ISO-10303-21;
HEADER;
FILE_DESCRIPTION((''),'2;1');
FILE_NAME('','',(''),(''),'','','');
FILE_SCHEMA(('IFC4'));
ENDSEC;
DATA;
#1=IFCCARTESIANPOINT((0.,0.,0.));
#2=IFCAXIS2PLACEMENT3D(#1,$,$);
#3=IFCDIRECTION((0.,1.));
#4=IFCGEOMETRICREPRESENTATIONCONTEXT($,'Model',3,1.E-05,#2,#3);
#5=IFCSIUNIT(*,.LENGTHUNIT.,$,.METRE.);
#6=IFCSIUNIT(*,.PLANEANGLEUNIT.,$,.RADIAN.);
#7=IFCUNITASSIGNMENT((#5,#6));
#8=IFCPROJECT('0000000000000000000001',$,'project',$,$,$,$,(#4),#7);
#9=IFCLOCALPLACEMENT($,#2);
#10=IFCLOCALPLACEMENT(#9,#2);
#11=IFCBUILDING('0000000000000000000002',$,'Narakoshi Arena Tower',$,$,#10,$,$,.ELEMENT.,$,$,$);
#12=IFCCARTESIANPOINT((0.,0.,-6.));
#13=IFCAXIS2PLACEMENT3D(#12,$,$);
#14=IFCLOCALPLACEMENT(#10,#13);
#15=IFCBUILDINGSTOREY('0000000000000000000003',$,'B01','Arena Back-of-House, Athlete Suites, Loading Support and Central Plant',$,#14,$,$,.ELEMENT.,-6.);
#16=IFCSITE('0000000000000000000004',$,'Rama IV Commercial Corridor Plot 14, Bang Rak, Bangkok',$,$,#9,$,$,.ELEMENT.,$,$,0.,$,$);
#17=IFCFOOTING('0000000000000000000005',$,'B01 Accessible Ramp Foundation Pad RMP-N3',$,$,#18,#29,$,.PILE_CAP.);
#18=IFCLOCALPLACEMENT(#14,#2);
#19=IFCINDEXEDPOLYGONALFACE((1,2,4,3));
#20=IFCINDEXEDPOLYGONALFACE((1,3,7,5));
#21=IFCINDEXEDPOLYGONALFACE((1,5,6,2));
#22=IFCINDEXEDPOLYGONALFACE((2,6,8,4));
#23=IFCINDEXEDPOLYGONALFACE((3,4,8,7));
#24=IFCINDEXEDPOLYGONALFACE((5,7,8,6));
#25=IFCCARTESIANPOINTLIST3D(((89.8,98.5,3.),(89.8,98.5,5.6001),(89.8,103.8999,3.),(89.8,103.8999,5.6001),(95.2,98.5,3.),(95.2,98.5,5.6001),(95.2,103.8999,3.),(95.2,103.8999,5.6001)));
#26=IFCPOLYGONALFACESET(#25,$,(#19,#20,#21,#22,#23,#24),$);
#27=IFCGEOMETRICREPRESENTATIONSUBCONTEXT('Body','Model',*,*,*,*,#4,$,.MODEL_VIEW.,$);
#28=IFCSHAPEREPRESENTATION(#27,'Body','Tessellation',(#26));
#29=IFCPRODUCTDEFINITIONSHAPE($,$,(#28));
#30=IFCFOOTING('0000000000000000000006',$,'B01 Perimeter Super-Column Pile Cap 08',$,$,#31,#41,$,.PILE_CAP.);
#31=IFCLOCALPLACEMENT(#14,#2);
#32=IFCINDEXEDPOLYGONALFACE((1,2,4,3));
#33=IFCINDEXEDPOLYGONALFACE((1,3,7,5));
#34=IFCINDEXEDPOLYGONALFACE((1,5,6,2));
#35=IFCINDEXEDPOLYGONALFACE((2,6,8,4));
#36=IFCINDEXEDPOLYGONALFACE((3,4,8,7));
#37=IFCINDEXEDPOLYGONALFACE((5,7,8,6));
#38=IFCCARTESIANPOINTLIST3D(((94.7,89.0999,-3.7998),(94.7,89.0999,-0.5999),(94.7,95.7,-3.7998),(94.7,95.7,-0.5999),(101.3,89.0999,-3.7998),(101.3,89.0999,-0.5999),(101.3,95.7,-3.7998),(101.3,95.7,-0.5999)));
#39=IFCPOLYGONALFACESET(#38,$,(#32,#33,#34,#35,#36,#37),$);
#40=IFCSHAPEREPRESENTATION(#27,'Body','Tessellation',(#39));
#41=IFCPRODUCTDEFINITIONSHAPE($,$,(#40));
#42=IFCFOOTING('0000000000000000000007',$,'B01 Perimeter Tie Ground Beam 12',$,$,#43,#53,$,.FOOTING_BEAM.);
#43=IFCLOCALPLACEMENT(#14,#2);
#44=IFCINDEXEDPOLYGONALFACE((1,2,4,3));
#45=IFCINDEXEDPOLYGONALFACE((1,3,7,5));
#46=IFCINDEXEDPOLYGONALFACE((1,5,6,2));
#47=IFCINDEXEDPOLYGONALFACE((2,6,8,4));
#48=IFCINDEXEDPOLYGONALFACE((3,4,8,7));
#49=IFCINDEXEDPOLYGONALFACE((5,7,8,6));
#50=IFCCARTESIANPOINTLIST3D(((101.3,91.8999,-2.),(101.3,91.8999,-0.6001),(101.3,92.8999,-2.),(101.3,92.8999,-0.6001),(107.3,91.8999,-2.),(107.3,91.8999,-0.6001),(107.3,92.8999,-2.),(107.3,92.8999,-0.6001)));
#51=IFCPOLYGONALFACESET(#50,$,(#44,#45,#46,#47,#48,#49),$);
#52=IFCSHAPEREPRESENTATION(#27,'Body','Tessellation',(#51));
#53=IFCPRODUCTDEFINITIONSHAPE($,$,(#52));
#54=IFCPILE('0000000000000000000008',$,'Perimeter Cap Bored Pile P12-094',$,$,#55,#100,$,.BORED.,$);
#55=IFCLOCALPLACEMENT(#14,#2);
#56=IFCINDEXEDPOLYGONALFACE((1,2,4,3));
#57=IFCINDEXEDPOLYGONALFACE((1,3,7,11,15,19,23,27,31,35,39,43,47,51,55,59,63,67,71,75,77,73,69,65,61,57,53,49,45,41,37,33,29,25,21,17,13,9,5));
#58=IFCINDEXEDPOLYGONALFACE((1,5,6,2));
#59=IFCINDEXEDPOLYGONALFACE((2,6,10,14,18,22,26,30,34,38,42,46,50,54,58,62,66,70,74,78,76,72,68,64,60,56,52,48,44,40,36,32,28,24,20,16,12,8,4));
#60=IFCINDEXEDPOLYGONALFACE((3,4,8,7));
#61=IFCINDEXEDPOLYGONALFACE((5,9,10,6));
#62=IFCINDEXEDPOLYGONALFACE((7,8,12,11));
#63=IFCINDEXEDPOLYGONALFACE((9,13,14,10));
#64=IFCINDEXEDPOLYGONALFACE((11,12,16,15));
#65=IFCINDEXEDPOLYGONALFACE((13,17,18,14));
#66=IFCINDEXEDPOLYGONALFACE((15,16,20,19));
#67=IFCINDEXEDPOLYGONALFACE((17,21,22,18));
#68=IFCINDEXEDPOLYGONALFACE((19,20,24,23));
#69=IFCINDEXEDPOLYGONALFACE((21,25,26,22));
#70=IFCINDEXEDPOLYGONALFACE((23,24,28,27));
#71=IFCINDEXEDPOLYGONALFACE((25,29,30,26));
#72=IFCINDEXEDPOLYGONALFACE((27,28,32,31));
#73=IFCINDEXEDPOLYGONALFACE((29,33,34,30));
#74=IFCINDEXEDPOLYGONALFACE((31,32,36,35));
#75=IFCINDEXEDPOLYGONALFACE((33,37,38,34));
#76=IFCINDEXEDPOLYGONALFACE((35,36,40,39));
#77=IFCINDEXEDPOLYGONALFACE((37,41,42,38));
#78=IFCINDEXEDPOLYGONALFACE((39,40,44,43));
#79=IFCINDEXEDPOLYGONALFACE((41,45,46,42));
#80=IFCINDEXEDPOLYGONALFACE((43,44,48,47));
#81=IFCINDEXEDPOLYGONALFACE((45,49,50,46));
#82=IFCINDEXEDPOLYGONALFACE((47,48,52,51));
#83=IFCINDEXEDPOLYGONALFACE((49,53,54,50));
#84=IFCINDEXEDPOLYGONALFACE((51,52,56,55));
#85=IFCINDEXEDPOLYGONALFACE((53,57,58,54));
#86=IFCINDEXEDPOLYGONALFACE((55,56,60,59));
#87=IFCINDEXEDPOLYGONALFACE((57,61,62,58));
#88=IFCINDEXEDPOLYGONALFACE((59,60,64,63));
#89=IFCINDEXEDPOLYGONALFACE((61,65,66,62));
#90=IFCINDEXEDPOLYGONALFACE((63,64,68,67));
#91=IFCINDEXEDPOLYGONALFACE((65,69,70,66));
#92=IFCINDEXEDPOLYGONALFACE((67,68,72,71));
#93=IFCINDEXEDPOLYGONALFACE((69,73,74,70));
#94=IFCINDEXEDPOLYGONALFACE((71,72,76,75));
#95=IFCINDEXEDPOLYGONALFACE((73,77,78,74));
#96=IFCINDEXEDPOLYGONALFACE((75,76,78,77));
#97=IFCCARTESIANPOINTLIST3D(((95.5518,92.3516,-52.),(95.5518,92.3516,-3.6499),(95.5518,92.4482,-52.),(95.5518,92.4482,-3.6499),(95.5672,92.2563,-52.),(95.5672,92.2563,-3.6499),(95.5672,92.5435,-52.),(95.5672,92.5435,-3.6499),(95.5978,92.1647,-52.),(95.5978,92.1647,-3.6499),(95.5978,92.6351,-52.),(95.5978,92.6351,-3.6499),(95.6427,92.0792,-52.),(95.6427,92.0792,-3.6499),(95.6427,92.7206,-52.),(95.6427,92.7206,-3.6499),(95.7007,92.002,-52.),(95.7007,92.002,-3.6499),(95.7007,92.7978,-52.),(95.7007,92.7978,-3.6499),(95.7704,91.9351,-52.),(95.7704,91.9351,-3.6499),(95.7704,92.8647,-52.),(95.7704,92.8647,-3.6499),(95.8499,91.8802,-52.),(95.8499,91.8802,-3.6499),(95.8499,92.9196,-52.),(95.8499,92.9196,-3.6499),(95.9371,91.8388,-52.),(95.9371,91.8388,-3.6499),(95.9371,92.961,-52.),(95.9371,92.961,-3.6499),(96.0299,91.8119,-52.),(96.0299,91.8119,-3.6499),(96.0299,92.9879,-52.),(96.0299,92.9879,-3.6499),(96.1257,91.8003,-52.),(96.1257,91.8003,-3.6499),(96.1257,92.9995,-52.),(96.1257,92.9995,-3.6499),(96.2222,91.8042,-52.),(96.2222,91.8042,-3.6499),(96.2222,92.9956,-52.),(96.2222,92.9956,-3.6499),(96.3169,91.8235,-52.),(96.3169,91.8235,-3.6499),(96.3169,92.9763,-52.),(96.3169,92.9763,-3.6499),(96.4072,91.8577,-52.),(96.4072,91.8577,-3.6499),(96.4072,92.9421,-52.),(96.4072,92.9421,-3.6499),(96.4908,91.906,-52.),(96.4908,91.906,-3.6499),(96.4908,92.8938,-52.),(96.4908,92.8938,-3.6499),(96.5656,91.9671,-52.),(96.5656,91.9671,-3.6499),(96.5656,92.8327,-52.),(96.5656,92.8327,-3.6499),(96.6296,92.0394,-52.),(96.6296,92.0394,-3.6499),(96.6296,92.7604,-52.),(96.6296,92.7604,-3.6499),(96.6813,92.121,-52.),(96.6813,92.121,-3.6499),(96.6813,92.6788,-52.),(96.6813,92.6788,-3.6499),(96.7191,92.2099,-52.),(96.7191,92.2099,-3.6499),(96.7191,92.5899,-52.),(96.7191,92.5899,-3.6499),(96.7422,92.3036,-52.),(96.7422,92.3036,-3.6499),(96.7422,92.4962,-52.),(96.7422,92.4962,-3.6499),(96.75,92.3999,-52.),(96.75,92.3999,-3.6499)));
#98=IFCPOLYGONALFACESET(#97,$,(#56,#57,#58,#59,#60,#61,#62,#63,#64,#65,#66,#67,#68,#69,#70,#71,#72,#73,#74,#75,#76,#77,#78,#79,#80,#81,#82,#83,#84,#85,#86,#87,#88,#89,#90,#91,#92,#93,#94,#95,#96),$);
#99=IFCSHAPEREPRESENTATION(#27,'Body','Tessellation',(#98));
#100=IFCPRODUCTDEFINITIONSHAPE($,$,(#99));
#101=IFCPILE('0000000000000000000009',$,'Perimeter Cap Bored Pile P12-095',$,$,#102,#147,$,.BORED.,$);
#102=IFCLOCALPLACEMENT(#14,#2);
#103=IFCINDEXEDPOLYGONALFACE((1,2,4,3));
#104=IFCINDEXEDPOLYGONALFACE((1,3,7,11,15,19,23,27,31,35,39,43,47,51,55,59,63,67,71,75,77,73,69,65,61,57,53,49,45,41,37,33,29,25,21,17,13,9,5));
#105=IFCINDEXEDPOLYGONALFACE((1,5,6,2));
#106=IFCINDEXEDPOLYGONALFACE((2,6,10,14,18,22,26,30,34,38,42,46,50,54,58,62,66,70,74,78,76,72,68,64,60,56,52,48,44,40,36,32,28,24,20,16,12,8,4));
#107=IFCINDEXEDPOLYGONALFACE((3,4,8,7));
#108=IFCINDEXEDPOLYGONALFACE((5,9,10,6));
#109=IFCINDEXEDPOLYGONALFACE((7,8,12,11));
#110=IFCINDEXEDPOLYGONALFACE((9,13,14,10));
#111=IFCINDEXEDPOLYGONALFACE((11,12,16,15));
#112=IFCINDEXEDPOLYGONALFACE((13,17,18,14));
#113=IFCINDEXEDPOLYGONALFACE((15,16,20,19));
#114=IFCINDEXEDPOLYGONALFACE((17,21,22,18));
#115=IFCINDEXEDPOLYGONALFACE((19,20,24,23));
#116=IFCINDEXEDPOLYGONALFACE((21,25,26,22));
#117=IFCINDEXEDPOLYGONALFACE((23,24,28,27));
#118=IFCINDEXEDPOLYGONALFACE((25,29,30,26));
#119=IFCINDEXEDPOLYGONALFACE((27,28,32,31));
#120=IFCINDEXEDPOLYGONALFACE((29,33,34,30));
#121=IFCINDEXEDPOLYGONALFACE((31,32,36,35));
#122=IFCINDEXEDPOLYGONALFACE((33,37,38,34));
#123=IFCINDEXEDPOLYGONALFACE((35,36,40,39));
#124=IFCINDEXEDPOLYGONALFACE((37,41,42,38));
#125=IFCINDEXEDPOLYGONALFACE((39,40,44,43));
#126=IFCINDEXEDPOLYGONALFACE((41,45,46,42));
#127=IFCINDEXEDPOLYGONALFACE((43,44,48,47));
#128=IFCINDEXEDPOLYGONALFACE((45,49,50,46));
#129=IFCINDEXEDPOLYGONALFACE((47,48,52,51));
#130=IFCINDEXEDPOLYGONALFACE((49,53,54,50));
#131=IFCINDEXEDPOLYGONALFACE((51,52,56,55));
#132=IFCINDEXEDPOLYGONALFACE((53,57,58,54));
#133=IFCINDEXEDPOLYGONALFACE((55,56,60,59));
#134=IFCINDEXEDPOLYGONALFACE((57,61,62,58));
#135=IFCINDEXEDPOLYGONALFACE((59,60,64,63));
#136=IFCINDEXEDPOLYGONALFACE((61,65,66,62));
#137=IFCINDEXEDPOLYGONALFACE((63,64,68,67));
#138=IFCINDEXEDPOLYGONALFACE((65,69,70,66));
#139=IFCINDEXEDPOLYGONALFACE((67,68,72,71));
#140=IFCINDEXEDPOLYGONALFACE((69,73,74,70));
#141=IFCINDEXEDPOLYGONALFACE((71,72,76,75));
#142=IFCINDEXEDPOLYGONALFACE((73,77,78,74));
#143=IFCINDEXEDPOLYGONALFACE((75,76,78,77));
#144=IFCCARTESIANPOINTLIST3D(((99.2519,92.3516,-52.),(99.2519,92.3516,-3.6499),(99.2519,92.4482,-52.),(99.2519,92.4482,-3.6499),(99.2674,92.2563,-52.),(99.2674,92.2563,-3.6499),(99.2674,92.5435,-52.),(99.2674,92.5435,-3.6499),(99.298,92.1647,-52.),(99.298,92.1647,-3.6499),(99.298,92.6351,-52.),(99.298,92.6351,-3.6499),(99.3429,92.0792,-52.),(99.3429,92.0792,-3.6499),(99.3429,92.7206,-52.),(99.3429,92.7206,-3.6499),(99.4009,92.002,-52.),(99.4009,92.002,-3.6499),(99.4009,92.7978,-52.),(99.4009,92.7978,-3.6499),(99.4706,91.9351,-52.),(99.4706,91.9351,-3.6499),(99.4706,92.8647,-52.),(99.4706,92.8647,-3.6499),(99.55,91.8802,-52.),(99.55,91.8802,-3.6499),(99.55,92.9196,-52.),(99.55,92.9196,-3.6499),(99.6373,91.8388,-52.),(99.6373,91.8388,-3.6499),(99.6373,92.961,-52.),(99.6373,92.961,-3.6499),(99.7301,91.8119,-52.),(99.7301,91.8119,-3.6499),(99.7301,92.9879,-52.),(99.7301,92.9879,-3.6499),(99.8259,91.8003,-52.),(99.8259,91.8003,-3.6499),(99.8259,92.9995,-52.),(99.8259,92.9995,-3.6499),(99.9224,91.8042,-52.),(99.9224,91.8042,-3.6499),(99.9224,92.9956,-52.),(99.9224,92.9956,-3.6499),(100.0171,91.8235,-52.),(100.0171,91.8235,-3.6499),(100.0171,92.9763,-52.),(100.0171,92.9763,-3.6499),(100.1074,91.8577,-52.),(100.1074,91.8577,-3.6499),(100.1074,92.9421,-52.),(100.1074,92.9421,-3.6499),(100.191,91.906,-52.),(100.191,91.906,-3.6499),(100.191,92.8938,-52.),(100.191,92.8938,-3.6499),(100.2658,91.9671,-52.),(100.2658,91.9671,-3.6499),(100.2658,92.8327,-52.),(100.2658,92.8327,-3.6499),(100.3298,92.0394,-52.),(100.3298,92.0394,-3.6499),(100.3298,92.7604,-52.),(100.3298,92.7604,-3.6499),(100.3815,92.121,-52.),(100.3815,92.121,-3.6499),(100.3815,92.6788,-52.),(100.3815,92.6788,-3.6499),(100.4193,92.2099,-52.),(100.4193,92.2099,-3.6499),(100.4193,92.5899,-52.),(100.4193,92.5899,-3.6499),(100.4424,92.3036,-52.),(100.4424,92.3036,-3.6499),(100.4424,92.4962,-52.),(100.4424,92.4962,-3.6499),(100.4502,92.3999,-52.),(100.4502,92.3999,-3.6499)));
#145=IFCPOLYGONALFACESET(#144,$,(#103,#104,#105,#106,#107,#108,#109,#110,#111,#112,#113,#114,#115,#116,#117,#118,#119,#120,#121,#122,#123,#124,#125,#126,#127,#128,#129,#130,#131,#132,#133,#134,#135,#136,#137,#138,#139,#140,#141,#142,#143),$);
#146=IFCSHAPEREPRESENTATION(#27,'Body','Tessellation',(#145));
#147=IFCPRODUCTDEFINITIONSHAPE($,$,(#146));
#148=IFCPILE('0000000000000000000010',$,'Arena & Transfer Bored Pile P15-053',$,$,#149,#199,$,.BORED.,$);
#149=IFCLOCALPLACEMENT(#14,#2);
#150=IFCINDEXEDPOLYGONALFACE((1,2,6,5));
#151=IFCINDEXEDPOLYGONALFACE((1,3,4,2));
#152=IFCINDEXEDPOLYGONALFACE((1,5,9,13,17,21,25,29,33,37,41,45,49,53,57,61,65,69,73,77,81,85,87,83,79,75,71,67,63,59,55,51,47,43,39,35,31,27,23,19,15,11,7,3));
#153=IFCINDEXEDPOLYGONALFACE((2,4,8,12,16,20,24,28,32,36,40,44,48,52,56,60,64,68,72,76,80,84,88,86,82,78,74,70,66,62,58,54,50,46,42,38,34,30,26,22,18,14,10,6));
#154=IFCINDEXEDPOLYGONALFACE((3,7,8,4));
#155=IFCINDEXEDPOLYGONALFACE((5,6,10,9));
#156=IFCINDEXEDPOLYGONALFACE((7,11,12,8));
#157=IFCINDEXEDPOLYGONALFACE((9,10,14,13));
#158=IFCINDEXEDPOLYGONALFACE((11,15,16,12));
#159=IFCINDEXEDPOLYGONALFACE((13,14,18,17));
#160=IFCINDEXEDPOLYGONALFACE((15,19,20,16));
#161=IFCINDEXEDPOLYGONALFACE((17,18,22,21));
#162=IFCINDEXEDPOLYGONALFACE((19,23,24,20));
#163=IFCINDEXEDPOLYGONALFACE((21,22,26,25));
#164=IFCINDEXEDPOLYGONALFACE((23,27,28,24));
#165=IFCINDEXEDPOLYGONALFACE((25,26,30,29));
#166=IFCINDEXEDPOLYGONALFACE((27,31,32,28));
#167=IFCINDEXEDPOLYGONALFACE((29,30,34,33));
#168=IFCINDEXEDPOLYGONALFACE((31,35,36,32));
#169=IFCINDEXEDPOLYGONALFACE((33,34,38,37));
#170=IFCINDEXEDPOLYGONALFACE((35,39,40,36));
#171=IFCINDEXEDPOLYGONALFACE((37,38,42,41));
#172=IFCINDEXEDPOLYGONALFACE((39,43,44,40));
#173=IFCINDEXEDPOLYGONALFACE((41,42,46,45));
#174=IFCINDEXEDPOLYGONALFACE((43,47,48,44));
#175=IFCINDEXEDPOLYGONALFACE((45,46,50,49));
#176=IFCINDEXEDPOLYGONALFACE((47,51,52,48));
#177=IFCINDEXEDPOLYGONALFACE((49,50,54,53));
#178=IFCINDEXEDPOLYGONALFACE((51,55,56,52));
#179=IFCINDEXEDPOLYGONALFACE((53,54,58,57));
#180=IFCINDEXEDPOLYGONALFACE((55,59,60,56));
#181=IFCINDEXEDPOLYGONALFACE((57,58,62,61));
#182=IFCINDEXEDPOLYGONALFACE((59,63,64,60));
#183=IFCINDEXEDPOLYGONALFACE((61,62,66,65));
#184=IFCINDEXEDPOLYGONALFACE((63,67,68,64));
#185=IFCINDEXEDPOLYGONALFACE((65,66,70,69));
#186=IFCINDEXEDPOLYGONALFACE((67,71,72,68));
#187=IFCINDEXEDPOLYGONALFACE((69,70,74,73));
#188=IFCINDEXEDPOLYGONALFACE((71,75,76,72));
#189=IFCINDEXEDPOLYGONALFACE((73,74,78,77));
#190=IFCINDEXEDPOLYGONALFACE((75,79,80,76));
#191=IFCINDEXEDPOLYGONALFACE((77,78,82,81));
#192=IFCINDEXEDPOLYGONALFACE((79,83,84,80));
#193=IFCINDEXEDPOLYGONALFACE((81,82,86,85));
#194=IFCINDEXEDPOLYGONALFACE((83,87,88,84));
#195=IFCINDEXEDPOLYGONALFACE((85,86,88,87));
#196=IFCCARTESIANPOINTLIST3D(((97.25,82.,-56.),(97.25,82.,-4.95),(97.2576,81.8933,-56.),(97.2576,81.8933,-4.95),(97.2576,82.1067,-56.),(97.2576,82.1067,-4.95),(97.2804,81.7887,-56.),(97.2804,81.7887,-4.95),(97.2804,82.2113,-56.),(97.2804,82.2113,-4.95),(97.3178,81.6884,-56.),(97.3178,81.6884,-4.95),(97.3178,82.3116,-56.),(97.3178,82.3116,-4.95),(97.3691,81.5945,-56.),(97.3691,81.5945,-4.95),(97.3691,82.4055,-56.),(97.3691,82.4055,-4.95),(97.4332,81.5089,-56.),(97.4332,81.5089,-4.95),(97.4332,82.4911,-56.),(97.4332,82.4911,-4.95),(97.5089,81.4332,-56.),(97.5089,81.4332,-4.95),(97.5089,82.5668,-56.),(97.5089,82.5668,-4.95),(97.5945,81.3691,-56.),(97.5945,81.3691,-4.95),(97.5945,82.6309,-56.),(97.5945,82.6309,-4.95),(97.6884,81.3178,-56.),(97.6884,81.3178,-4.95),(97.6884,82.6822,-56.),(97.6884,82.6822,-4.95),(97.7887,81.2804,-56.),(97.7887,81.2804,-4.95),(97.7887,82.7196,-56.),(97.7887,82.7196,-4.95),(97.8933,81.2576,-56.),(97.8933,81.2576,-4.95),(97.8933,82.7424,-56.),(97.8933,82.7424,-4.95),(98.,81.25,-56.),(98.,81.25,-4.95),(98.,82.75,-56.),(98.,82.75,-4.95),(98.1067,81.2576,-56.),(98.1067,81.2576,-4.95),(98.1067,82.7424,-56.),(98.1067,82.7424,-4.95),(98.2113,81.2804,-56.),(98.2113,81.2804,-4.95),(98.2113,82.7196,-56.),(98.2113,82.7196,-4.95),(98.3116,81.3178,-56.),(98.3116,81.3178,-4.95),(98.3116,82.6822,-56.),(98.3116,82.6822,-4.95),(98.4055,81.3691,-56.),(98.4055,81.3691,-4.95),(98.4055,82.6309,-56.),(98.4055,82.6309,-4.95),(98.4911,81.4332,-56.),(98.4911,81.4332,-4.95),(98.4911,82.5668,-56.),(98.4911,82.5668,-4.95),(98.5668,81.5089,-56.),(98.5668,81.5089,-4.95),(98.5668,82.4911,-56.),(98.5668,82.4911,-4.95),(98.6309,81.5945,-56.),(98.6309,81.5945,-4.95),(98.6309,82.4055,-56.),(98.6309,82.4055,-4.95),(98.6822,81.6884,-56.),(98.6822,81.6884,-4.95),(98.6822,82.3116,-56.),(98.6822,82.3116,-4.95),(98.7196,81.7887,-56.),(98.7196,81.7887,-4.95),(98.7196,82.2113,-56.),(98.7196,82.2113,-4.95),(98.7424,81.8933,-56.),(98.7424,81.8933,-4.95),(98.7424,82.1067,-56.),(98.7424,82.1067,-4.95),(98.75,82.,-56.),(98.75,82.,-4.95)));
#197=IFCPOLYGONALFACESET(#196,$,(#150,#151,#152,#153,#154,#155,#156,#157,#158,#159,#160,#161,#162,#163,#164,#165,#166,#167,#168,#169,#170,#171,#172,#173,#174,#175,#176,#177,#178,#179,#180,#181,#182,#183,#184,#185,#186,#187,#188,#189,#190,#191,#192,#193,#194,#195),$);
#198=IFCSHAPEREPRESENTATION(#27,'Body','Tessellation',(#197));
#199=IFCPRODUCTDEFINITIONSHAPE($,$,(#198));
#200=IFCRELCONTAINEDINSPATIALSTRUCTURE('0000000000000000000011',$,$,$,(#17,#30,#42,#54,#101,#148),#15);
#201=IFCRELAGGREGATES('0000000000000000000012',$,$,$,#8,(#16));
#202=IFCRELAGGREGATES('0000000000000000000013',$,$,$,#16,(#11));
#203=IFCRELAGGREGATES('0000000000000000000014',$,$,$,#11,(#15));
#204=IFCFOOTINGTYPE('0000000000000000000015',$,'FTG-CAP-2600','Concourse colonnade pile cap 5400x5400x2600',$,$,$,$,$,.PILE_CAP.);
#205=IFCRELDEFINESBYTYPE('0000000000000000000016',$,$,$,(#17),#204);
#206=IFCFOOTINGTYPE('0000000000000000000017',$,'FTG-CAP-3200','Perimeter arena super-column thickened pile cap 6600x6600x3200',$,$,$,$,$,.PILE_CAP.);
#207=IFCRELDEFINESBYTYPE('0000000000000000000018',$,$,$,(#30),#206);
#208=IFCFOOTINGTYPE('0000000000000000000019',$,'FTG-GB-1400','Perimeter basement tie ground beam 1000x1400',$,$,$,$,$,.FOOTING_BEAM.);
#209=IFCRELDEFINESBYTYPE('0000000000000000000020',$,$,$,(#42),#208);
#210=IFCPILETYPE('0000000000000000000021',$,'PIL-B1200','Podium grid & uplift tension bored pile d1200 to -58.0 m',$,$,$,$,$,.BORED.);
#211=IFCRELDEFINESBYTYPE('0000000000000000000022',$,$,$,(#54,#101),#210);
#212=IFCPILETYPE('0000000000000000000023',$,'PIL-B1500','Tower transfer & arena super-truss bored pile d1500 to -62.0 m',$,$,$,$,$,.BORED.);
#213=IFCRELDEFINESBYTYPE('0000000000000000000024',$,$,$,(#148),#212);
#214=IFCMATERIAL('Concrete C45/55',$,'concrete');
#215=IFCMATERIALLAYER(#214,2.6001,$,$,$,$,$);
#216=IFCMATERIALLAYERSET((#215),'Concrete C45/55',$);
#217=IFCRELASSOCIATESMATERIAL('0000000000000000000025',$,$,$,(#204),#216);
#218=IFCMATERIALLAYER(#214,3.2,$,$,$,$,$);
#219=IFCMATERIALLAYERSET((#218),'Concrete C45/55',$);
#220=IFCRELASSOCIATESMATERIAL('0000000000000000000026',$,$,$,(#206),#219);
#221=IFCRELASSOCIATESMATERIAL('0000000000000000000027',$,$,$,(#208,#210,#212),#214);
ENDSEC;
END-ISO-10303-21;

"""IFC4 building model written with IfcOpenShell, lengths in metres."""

from ifc_helpers import new_model, si_unit, direction, frame, origin, origin_2d, place, context, subcontext, project, spatial, rectangle, circle, extrude, material, layer, layer_set, material_profile, profile_set, type_object, element, save


model = new_model("IFC4")

# Units and contexts
model_context = context("Model", 3, precision=1e-05, world=origin(), true_north=direction((0.0, 1.0)))
body_context = subcontext(model_context, "Body", "Model", "MODEL_VIEW")
ifc_project = project(units=[si_unit("LENGTHUNIT", "METRE"), si_unit("PLANEANGLEUNIT", "RADIAN")], contexts=[model_context])

# Site, building, storey
site_placement = place(None, origin())
site = spatial("IfcSite", under=ifc_project, at=site_placement, Name="Rama IV Commercial Corridor Plot 14, Bang Rak, Bangkok", CompositionType="ELEMENT", RefElevation=0.0)
building_placement = place(site_placement, origin())
building = spatial("IfcBuilding", under=site, at=building_placement, Name="Narakoshi Arena Tower", CompositionType="ELEMENT")
storey_placement = place(building_placement, frame((0.0, 0.0, -6.0)))
storey = spatial("IfcBuildingStorey", under=building, at=storey_placement, Name="B01", Description="Arena Back-of-House, Athlete Suites, Loading Support and Central Plant", CompositionType="ELEMENT", Elevation=-6.0)

# Footings
ifc_material_1 = material(Name="Concrete C45/55", Category="concrete")
ifc_layer_1 = layer(ifc_material_1, 2.6001)
ifc_layer_set_1 = layer_set([ifc_layer_1], Name="Concrete C45/55")
footing_type_1 = type_object("IfcFootingType", Name="FTG-CAP-2600", Description="Concourse colonnade pile cap 5400x5400x2600", PredefinedType="PILE_CAP", material=ifc_layer_set_1)
footing_1_placement = place(storey_placement, frame((92.5, 101.2, 3.0), z_axis=(0.0, 0.0, 1.0), x_axis=(1.0, 0.0, 0.0)))
element("IfcFooting", 1, at=footing_1_placement, inside=storey, type_object=footing_type_1, Name="B01 Accessible Ramp Foundation Pad RMP-N3", PredefinedType="PILE_CAP", context=body_context, shape_type="SweptSolid", body=[
    extrude(rectangle(XDim=5.3999, YDim=5.3999, at=origin_2d()), origin(), (0.0, 0.0, 1.0), 2.6001),
])
ifc_layer_2 = layer(ifc_material_1, 3.2)
ifc_layer_set_2 = layer_set([ifc_layer_2], Name="Concrete C45/55")
footing_type_2 = type_object("IfcFootingType", Name="FTG-CAP-3200", Description="Perimeter arena super-column thickened pile cap 6600x6600x3200", PredefinedType="PILE_CAP", material=ifc_layer_set_2)
footing_2_placement = place(storey_placement, frame((98.0, 92.3999, -3.7998), z_axis=(0.0, 0.0, 1.0), x_axis=(1.0, 0.0, 0.0)))
element("IfcFooting", 2, at=footing_2_placement, inside=storey, type_object=footing_type_2, Name="B01 Perimeter Super-Column Pile Cap 08", PredefinedType="PILE_CAP", context=body_context, shape_type="SweptSolid", body=[
    extrude(rectangle(XDim=6.6001, YDim=6.6001, at=origin_2d()), origin(), (0.0, 0.0, 1.0), 3.2),
])
ifc_material_profile_1 = material_profile(ifc_material_1, rectangle(XDim=1.0, YDim=1.3999, at=origin_2d()), Name="RGB1000x1400")
ifc_profile_set_1 = profile_set([ifc_material_profile_1], Name="Concrete C45/55")
footing_type_3 = type_object("IfcFootingType", Name="FTG-GB-1400", Description="Perimeter basement tie ground beam 1000x1400", PredefinedType="FOOTING_BEAM", material=ifc_profile_set_1)
footing_3_placement = place(storey_placement, frame((101.3, 92.3999, -1.3), z_axis=(1.0, 0.0, 0.0), x_axis=(0.0, 1.0, 0.0)))
element("IfcFooting", 3, at=footing_3_placement, inside=storey, type_object=footing_type_3, Name="B01 Perimeter Tie Ground Beam 12", PredefinedType="FOOTING_BEAM", context=body_context, shape_type="SweptSolid", body=[
    extrude(rectangle(XDim=1.0, YDim=1.3999, at=origin_2d()), origin(), (0.0, 0.0, 1.0), 6.0),
])

# Piles
ifc_material_profile_2 = material_profile(ifc_material_1, circle(Radius=0.6001, at=origin_2d()), Name="PILE-D1200")
ifc_profile_set_2 = profile_set([ifc_material_profile_2], Name="Concrete C45/55")
pile_type_1 = type_object("IfcPileType", Name="PIL-B1200", Description="Podium grid & uplift tension bored pile d1200 to -58.0 m", PredefinedType="BORED", material=ifc_profile_set_2)
for number, where, z_axis, x_axis, name in (
    (4, (96.1499, 92.3999, -3.6499), (0.0, 0.0, -1.0), (1.0, 0.0, 0.0), "Perimeter Cap Bored Pile P12-094"),
    (5, (99.8501, 92.3999, -3.6499), (0.0, 0.0, -1.0), (1.0, 0.0, 0.0), "Perimeter Cap Bored Pile P12-095"),
):
    element("IfcPile", number, at=place(storey_placement, frame(where, z_axis=z_axis, x_axis=x_axis)), inside=storey, type_object=pile_type_1, Name=name, PredefinedType="BORED", context=body_context, shape_type="SweptSolid", body=[
        extrude(circle(Radius=0.6001, at=origin_2d()), origin(), (0.0, 0.0, 1.0), 48.3501),
    ])
ifc_material_profile_3 = material_profile(ifc_material_1, circle(Radius=0.75, at=origin_2d()), Name="PILE-D1500")
ifc_profile_set_3 = profile_set([ifc_material_profile_3], Name="Concrete C45/55")
pile_type_2 = type_object("IfcPileType", Name="PIL-B1500", Description="Tower transfer & arena super-truss bored pile d1500 to -62.0 m", PredefinedType="BORED", material=ifc_profile_set_3)
for number, where, z_axis, x_axis, name in (
    (6, (98.0, 82.0, -4.95), (0.0, 0.0, -1.0), (1.0, 0.0, 0.0), "Arena & Transfer Bored Pile P15-053"),
):
    element("IfcPile", number, at=place(storey_placement, frame(where, z_axis=z_axis, x_axis=x_axis)), inside=storey, type_object=pile_type_2, Name=name, PredefinedType="BORED", context=body_context, shape_type="SweptSolid", body=[
        extrude(circle(Radius=0.75, at=origin_2d()), origin(), (0.0, 0.0, 1.0), 51.05),
    ])

save(model, "model.ifc")
